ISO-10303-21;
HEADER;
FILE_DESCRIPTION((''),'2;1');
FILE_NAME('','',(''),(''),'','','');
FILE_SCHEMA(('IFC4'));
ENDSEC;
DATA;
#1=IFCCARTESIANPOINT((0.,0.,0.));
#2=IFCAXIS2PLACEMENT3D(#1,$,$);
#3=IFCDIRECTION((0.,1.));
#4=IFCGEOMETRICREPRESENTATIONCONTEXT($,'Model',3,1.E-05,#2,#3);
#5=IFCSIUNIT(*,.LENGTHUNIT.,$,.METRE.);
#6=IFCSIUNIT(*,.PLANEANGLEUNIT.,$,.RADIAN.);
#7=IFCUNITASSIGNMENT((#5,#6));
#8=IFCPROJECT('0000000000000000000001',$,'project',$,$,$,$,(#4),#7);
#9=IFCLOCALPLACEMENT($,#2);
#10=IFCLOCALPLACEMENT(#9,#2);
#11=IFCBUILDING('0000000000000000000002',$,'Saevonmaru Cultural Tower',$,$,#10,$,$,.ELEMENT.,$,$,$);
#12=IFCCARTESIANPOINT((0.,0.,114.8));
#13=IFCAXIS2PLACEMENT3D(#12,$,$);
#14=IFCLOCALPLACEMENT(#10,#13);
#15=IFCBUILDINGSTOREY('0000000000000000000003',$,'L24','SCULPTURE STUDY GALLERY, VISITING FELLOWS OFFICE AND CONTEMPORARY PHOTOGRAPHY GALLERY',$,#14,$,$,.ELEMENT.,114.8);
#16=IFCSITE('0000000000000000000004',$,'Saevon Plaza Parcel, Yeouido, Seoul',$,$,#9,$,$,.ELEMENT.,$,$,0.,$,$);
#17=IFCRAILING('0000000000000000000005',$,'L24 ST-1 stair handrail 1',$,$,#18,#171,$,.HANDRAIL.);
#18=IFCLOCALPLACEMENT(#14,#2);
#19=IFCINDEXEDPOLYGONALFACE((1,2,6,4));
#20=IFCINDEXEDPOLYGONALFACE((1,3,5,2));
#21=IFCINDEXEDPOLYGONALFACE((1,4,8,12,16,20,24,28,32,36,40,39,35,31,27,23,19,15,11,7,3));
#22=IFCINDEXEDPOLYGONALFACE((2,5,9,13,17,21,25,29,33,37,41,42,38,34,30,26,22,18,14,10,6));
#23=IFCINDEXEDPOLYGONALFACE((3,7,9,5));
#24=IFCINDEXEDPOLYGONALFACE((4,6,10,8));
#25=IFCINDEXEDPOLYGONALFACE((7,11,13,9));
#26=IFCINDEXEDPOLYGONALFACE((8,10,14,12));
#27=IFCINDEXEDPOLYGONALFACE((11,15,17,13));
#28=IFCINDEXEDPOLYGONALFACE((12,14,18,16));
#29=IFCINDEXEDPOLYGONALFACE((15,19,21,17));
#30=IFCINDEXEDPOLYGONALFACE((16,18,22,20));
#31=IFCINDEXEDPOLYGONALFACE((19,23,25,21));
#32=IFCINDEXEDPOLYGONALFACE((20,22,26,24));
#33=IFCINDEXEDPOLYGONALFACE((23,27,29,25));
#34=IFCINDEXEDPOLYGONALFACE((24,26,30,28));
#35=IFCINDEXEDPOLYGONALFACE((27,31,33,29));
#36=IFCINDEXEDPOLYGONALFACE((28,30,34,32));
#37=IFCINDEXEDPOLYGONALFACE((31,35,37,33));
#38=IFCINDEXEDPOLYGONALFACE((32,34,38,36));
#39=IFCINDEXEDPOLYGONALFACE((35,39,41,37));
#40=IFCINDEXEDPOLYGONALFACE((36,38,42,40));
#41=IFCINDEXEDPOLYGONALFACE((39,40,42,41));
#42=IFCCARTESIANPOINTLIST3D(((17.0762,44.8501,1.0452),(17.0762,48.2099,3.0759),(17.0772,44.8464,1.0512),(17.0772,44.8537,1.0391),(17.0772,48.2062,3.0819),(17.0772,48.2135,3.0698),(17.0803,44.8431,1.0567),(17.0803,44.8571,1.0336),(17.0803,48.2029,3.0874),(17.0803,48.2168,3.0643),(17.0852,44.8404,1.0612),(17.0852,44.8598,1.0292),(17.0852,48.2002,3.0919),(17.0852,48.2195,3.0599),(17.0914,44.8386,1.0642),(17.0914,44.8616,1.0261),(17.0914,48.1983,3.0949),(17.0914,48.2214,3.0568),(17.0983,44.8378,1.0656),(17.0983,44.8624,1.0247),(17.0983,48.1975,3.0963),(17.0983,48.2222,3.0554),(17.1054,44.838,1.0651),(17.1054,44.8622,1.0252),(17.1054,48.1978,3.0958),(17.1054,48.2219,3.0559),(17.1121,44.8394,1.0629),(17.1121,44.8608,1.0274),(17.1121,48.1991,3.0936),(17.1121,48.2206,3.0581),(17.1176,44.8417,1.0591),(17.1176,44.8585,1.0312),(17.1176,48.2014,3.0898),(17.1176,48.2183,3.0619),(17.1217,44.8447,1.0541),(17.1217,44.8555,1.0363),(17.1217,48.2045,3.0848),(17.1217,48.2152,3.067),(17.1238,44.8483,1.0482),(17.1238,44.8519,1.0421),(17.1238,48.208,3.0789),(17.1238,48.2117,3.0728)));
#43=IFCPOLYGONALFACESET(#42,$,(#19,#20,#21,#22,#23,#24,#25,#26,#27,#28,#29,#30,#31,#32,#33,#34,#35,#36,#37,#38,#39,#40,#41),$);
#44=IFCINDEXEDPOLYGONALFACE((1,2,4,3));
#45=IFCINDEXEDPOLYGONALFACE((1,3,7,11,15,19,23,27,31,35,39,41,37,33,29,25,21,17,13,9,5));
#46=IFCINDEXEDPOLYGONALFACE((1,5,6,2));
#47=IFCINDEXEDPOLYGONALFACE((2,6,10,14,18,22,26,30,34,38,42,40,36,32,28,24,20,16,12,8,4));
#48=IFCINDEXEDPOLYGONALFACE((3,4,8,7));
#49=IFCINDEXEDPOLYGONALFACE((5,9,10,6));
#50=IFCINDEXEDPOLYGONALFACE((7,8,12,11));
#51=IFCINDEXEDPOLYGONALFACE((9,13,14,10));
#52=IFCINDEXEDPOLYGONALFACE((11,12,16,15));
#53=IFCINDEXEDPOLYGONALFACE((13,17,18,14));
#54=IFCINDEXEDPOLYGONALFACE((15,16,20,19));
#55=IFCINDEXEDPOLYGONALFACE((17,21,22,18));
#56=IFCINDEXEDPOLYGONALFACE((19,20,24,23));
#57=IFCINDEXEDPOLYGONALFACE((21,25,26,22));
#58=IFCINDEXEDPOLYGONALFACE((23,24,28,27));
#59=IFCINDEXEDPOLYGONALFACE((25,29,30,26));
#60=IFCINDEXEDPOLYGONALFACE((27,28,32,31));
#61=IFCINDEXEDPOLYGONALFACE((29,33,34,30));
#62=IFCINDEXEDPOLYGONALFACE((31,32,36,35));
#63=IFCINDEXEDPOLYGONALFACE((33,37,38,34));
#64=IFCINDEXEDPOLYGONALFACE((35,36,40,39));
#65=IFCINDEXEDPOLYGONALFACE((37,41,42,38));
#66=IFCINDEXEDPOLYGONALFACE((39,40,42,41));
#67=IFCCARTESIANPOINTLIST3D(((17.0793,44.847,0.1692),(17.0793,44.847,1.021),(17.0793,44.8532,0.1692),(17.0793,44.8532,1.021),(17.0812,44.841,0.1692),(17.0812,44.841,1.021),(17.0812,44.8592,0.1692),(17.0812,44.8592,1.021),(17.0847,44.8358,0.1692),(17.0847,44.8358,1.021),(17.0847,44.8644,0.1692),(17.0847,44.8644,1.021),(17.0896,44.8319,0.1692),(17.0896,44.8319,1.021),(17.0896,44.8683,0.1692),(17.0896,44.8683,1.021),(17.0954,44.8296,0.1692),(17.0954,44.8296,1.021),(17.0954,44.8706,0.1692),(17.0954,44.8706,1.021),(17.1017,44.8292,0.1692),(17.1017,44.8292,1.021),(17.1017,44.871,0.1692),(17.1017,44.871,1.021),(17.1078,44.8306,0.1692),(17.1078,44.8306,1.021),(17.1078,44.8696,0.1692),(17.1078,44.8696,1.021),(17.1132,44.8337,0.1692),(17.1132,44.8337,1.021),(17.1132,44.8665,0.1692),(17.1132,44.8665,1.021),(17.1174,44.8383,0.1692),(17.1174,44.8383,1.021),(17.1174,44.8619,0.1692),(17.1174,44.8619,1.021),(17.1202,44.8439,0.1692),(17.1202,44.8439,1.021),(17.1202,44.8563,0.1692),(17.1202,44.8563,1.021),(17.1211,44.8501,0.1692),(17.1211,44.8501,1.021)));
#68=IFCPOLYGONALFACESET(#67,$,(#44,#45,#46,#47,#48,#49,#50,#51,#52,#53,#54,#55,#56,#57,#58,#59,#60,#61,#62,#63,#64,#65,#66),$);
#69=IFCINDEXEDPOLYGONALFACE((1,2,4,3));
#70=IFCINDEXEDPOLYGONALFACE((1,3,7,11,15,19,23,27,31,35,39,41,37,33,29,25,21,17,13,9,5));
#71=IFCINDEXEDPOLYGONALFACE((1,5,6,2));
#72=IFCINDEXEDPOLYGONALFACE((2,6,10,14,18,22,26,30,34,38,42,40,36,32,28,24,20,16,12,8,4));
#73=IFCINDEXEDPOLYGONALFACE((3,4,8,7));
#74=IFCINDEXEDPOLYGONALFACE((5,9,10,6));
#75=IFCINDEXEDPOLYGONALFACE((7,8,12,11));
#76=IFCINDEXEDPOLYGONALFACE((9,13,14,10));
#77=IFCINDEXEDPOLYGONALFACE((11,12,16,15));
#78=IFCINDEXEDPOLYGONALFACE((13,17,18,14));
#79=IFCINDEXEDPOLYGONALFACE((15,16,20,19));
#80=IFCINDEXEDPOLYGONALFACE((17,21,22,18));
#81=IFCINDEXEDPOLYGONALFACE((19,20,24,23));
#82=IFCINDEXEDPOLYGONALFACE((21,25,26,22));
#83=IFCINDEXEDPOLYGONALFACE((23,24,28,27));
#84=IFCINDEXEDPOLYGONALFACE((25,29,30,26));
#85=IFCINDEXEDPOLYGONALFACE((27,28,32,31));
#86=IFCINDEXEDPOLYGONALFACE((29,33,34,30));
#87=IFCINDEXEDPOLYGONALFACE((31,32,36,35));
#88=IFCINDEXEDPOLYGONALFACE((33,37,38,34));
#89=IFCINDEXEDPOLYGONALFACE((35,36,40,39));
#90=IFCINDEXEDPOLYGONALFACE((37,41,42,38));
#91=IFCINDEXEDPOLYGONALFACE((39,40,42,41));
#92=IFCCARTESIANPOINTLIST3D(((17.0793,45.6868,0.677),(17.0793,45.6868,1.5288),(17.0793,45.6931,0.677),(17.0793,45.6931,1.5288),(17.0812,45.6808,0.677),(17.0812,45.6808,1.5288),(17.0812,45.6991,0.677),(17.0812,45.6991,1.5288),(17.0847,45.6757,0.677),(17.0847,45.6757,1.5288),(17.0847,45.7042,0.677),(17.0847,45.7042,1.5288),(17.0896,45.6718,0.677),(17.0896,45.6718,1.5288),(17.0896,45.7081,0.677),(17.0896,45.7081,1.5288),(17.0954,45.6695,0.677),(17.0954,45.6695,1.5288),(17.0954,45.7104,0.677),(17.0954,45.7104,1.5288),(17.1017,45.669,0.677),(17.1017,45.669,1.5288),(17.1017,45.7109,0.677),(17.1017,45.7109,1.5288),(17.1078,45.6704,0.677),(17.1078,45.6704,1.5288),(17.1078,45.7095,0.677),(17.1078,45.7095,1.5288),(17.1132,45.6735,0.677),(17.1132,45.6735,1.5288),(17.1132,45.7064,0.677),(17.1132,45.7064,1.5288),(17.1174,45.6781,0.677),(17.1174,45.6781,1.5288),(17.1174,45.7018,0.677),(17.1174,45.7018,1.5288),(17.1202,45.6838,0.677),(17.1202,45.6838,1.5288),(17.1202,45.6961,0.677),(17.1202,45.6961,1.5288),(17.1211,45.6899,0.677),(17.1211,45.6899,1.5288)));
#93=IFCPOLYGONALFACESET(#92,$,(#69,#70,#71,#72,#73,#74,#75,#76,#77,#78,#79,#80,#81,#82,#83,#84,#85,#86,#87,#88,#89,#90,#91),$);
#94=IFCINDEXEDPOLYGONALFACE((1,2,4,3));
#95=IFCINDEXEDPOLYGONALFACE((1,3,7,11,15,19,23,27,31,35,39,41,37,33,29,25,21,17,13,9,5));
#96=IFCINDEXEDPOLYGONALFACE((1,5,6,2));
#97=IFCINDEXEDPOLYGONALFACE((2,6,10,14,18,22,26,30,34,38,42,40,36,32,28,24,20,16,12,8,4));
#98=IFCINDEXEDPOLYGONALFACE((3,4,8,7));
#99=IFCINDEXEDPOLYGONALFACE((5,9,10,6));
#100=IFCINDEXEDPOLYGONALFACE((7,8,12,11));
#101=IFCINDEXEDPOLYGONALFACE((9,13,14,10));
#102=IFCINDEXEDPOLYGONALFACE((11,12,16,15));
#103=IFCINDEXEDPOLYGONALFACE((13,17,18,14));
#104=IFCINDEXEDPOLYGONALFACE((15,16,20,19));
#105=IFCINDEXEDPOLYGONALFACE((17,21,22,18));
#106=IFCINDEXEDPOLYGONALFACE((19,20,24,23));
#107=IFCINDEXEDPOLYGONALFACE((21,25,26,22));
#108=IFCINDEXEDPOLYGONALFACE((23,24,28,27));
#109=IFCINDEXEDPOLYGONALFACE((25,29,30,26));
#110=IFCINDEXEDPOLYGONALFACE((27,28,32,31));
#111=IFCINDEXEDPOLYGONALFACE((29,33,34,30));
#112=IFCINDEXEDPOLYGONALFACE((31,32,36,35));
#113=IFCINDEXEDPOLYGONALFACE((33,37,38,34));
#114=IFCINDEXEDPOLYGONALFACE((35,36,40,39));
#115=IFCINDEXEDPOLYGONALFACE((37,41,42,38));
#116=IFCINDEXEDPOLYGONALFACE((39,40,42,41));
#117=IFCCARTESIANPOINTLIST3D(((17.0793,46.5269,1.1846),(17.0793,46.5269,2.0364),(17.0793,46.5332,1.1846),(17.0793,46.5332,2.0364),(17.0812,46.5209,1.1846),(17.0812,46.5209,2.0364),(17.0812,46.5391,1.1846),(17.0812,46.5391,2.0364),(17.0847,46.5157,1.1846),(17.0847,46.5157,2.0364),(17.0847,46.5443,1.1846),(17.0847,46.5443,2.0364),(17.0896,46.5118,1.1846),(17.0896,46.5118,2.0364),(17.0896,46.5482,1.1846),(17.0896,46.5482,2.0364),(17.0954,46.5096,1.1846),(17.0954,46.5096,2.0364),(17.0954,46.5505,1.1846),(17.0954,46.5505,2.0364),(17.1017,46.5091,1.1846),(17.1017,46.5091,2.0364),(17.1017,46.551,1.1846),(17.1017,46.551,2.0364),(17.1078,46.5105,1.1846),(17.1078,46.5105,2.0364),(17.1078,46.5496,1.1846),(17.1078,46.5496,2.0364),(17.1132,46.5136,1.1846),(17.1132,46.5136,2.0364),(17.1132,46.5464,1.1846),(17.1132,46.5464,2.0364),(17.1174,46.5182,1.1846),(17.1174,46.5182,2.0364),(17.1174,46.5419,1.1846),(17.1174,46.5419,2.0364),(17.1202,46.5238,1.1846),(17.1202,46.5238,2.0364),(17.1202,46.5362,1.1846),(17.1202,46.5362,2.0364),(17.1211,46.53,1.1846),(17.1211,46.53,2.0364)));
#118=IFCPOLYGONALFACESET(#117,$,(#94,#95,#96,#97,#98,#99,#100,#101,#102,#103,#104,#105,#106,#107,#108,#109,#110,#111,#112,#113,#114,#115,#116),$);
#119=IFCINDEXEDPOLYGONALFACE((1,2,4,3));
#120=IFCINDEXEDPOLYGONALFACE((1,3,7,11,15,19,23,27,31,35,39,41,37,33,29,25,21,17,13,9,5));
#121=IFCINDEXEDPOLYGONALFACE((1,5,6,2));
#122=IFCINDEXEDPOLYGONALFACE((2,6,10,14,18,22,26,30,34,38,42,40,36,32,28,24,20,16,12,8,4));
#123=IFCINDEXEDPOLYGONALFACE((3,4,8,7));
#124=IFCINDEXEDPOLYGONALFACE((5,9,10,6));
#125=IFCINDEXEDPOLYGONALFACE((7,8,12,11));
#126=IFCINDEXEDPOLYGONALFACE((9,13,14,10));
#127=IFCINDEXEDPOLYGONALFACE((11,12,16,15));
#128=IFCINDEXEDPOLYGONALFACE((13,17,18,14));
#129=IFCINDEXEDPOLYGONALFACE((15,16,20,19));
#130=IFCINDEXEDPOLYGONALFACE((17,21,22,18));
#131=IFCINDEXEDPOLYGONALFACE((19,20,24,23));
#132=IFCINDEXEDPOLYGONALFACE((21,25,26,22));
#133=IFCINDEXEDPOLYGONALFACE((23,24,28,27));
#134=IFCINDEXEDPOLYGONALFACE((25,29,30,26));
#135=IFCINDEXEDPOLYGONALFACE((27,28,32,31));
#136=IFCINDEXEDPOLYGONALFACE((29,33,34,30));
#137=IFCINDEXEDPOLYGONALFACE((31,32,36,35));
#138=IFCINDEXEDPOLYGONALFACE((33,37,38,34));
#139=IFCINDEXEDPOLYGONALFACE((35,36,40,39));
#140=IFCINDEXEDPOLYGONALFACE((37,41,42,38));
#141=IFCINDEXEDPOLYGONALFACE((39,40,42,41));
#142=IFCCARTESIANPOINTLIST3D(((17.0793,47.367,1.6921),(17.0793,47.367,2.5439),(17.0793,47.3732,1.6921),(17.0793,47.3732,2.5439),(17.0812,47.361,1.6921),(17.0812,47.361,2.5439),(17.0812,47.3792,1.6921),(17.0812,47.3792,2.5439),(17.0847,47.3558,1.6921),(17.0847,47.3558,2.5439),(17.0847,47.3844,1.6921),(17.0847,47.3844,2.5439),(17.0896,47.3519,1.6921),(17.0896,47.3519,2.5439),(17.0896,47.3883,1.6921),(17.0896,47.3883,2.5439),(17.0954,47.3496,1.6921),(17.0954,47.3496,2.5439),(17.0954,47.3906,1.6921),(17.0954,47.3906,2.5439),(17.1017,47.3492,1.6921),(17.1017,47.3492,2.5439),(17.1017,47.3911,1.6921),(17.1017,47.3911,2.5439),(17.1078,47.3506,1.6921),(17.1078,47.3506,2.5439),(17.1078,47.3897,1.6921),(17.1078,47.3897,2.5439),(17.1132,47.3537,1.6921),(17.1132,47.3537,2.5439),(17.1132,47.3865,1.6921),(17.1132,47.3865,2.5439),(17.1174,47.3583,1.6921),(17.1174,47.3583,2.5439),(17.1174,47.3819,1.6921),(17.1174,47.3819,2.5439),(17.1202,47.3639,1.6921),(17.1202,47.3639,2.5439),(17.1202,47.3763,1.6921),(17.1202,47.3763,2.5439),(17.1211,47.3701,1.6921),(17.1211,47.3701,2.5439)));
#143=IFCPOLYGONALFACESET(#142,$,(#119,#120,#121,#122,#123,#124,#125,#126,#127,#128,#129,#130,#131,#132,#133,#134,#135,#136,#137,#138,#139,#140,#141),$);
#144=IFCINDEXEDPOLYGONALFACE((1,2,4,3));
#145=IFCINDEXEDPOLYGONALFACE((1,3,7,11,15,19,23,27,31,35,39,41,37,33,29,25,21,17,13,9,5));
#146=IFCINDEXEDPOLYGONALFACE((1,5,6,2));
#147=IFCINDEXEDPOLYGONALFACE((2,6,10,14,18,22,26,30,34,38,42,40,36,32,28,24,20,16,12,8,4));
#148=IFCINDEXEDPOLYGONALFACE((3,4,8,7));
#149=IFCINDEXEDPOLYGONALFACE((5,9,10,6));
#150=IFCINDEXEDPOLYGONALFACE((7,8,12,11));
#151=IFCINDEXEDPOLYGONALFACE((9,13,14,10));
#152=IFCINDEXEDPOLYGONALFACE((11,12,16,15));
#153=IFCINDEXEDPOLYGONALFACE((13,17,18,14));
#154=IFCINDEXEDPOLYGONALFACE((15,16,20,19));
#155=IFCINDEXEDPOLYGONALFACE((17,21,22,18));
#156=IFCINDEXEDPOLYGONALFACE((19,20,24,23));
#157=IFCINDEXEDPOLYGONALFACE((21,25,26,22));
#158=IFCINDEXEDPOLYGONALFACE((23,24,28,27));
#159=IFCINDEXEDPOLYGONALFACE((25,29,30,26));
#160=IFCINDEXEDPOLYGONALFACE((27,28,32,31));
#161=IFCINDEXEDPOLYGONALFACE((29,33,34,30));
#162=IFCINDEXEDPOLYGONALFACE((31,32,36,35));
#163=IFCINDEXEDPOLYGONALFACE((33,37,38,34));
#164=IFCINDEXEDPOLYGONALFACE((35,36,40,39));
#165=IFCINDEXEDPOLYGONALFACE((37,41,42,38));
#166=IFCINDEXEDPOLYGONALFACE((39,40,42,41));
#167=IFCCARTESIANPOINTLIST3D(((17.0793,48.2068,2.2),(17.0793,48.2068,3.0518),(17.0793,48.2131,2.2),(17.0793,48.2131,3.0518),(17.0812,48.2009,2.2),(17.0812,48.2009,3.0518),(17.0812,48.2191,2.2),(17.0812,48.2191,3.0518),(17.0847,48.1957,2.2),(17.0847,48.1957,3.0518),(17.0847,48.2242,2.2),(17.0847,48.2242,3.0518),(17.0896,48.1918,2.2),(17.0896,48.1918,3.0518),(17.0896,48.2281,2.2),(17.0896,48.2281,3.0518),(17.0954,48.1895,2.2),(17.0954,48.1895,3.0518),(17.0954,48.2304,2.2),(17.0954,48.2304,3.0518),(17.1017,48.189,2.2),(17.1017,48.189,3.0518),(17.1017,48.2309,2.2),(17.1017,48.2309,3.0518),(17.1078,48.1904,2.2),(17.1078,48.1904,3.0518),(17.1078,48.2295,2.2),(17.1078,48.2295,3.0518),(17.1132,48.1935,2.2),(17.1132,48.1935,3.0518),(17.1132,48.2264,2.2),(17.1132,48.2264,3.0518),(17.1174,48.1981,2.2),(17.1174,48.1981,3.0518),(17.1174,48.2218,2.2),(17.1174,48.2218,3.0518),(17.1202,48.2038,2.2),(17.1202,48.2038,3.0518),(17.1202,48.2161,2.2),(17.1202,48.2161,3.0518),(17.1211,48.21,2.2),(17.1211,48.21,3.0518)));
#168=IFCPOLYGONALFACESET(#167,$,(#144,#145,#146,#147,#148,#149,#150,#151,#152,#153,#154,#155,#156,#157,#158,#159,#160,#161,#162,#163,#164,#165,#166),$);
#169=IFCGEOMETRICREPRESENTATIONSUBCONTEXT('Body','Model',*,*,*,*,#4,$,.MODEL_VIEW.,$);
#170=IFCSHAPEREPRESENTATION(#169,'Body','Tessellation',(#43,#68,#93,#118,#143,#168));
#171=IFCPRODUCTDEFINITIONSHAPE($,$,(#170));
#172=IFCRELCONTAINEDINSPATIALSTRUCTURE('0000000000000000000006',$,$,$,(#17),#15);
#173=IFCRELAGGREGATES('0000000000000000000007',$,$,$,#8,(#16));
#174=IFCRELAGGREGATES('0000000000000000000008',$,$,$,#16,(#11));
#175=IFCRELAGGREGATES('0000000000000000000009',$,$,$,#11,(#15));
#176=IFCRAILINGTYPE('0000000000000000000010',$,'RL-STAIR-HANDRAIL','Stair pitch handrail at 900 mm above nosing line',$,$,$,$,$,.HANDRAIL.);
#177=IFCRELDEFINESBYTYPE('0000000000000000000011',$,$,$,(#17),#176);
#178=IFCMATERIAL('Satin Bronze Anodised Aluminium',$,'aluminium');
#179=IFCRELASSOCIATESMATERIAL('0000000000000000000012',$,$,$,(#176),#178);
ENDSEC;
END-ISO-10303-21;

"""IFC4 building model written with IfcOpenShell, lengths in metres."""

from ifc_helpers import new_model, si_unit, direction, frame, origin, origin_2d, place, context, subcontext, project, spatial, circle, extrude, material, type_object, element, save


model = new_model("IFC4")

# Units and contexts
model_context = context("Model", 3, precision=1e-05, world=origin(), true_north=direction((0.0, 1.0)))
body_context = subcontext(model_context, "Body", "Model", "MODEL_VIEW")
ifc_project = project(units=[si_unit("LENGTHUNIT", "METRE"), si_unit("PLANEANGLEUNIT", "RADIAN")], contexts=[model_context])

# Site, building, storey
site_placement = place(None, origin())
site = spatial("IfcSite", under=ifc_project, at=site_placement, Name="Saevon Plaza Parcel, Yeouido, Seoul", CompositionType="ELEMENT", RefElevation=0.0)
building_placement = place(site_placement, origin())
building = spatial("IfcBuilding", under=site, at=building_placement, Name="Saevonmaru Cultural Tower", CompositionType="ELEMENT")
storey_placement = place(building_placement, frame((0.0, 0.0, 114.8)))
storey = spatial("IfcBuildingStorey", under=building, at=storey_placement, Name="L24", Description="SCULPTURE STUDY GALLERY, VISITING FELLOWS OFFICE AND CONTEMPORARY PHOTOGRAPHY GALLERY", CompositionType="ELEMENT", Elevation=114.8)

# Shared definitions
ifc_material_1 = material(Name="Satin Bronze Anodised Aluminium", Category="aluminium")

# Railing
railing_type_1 = type_object("IfcRailingType", Name="RL-STAIR-HANDRAIL", Description="Stair pitch handrail at 900 mm above nosing line", PredefinedType="HANDRAIL", material=ifc_material_1)
railing_1_placement = place(storey_placement, frame((17.1001, 44.8501, 0.1692)))
element("IfcRailing", 1, at=railing_1_placement, inside=storey, type_object=railing_type_1, Name="L24 ST-1 stair handrail 1", PredefinedType="HANDRAIL", context=body_context, shape_type="SweptSolid", body=[
    extrude(circle(Radius=0.0239, at=origin_2d()), frame((0.0, 0.0, 0.876), z_axis=(0.0, 0.85582, 0.517273), x_axis=(-1.0, 0.0, 0.0)), (0.0, 0.0, 1.0), 3.9258),
    extrude(circle(Radius=0.021, at=origin_2d()), origin(), (0.0, 0.0, 1.0), 0.8518),
    extrude(circle(Radius=0.021, at=origin_2d()), frame((0.0, 0.8398, 0.5078)), (0.0, 0.0, 1.0), 0.8518),
    extrude(circle(Radius=0.021, at=origin_2d()), frame((0.0, 1.6799, 1.0154)), (0.0, 0.0, 1.0), 0.8518),
    extrude(circle(Radius=0.021, at=origin_2d()), frame((0.0, 2.52, 1.5229)), (0.0, 0.0, 1.0), 0.8518),
    extrude(circle(Radius=0.021, at=origin_2d()), frame((0.0, 3.3599, 2.0308)), (0.0, 0.0, 1.0), 0.8518),
])

save(model, "model.ifc")
